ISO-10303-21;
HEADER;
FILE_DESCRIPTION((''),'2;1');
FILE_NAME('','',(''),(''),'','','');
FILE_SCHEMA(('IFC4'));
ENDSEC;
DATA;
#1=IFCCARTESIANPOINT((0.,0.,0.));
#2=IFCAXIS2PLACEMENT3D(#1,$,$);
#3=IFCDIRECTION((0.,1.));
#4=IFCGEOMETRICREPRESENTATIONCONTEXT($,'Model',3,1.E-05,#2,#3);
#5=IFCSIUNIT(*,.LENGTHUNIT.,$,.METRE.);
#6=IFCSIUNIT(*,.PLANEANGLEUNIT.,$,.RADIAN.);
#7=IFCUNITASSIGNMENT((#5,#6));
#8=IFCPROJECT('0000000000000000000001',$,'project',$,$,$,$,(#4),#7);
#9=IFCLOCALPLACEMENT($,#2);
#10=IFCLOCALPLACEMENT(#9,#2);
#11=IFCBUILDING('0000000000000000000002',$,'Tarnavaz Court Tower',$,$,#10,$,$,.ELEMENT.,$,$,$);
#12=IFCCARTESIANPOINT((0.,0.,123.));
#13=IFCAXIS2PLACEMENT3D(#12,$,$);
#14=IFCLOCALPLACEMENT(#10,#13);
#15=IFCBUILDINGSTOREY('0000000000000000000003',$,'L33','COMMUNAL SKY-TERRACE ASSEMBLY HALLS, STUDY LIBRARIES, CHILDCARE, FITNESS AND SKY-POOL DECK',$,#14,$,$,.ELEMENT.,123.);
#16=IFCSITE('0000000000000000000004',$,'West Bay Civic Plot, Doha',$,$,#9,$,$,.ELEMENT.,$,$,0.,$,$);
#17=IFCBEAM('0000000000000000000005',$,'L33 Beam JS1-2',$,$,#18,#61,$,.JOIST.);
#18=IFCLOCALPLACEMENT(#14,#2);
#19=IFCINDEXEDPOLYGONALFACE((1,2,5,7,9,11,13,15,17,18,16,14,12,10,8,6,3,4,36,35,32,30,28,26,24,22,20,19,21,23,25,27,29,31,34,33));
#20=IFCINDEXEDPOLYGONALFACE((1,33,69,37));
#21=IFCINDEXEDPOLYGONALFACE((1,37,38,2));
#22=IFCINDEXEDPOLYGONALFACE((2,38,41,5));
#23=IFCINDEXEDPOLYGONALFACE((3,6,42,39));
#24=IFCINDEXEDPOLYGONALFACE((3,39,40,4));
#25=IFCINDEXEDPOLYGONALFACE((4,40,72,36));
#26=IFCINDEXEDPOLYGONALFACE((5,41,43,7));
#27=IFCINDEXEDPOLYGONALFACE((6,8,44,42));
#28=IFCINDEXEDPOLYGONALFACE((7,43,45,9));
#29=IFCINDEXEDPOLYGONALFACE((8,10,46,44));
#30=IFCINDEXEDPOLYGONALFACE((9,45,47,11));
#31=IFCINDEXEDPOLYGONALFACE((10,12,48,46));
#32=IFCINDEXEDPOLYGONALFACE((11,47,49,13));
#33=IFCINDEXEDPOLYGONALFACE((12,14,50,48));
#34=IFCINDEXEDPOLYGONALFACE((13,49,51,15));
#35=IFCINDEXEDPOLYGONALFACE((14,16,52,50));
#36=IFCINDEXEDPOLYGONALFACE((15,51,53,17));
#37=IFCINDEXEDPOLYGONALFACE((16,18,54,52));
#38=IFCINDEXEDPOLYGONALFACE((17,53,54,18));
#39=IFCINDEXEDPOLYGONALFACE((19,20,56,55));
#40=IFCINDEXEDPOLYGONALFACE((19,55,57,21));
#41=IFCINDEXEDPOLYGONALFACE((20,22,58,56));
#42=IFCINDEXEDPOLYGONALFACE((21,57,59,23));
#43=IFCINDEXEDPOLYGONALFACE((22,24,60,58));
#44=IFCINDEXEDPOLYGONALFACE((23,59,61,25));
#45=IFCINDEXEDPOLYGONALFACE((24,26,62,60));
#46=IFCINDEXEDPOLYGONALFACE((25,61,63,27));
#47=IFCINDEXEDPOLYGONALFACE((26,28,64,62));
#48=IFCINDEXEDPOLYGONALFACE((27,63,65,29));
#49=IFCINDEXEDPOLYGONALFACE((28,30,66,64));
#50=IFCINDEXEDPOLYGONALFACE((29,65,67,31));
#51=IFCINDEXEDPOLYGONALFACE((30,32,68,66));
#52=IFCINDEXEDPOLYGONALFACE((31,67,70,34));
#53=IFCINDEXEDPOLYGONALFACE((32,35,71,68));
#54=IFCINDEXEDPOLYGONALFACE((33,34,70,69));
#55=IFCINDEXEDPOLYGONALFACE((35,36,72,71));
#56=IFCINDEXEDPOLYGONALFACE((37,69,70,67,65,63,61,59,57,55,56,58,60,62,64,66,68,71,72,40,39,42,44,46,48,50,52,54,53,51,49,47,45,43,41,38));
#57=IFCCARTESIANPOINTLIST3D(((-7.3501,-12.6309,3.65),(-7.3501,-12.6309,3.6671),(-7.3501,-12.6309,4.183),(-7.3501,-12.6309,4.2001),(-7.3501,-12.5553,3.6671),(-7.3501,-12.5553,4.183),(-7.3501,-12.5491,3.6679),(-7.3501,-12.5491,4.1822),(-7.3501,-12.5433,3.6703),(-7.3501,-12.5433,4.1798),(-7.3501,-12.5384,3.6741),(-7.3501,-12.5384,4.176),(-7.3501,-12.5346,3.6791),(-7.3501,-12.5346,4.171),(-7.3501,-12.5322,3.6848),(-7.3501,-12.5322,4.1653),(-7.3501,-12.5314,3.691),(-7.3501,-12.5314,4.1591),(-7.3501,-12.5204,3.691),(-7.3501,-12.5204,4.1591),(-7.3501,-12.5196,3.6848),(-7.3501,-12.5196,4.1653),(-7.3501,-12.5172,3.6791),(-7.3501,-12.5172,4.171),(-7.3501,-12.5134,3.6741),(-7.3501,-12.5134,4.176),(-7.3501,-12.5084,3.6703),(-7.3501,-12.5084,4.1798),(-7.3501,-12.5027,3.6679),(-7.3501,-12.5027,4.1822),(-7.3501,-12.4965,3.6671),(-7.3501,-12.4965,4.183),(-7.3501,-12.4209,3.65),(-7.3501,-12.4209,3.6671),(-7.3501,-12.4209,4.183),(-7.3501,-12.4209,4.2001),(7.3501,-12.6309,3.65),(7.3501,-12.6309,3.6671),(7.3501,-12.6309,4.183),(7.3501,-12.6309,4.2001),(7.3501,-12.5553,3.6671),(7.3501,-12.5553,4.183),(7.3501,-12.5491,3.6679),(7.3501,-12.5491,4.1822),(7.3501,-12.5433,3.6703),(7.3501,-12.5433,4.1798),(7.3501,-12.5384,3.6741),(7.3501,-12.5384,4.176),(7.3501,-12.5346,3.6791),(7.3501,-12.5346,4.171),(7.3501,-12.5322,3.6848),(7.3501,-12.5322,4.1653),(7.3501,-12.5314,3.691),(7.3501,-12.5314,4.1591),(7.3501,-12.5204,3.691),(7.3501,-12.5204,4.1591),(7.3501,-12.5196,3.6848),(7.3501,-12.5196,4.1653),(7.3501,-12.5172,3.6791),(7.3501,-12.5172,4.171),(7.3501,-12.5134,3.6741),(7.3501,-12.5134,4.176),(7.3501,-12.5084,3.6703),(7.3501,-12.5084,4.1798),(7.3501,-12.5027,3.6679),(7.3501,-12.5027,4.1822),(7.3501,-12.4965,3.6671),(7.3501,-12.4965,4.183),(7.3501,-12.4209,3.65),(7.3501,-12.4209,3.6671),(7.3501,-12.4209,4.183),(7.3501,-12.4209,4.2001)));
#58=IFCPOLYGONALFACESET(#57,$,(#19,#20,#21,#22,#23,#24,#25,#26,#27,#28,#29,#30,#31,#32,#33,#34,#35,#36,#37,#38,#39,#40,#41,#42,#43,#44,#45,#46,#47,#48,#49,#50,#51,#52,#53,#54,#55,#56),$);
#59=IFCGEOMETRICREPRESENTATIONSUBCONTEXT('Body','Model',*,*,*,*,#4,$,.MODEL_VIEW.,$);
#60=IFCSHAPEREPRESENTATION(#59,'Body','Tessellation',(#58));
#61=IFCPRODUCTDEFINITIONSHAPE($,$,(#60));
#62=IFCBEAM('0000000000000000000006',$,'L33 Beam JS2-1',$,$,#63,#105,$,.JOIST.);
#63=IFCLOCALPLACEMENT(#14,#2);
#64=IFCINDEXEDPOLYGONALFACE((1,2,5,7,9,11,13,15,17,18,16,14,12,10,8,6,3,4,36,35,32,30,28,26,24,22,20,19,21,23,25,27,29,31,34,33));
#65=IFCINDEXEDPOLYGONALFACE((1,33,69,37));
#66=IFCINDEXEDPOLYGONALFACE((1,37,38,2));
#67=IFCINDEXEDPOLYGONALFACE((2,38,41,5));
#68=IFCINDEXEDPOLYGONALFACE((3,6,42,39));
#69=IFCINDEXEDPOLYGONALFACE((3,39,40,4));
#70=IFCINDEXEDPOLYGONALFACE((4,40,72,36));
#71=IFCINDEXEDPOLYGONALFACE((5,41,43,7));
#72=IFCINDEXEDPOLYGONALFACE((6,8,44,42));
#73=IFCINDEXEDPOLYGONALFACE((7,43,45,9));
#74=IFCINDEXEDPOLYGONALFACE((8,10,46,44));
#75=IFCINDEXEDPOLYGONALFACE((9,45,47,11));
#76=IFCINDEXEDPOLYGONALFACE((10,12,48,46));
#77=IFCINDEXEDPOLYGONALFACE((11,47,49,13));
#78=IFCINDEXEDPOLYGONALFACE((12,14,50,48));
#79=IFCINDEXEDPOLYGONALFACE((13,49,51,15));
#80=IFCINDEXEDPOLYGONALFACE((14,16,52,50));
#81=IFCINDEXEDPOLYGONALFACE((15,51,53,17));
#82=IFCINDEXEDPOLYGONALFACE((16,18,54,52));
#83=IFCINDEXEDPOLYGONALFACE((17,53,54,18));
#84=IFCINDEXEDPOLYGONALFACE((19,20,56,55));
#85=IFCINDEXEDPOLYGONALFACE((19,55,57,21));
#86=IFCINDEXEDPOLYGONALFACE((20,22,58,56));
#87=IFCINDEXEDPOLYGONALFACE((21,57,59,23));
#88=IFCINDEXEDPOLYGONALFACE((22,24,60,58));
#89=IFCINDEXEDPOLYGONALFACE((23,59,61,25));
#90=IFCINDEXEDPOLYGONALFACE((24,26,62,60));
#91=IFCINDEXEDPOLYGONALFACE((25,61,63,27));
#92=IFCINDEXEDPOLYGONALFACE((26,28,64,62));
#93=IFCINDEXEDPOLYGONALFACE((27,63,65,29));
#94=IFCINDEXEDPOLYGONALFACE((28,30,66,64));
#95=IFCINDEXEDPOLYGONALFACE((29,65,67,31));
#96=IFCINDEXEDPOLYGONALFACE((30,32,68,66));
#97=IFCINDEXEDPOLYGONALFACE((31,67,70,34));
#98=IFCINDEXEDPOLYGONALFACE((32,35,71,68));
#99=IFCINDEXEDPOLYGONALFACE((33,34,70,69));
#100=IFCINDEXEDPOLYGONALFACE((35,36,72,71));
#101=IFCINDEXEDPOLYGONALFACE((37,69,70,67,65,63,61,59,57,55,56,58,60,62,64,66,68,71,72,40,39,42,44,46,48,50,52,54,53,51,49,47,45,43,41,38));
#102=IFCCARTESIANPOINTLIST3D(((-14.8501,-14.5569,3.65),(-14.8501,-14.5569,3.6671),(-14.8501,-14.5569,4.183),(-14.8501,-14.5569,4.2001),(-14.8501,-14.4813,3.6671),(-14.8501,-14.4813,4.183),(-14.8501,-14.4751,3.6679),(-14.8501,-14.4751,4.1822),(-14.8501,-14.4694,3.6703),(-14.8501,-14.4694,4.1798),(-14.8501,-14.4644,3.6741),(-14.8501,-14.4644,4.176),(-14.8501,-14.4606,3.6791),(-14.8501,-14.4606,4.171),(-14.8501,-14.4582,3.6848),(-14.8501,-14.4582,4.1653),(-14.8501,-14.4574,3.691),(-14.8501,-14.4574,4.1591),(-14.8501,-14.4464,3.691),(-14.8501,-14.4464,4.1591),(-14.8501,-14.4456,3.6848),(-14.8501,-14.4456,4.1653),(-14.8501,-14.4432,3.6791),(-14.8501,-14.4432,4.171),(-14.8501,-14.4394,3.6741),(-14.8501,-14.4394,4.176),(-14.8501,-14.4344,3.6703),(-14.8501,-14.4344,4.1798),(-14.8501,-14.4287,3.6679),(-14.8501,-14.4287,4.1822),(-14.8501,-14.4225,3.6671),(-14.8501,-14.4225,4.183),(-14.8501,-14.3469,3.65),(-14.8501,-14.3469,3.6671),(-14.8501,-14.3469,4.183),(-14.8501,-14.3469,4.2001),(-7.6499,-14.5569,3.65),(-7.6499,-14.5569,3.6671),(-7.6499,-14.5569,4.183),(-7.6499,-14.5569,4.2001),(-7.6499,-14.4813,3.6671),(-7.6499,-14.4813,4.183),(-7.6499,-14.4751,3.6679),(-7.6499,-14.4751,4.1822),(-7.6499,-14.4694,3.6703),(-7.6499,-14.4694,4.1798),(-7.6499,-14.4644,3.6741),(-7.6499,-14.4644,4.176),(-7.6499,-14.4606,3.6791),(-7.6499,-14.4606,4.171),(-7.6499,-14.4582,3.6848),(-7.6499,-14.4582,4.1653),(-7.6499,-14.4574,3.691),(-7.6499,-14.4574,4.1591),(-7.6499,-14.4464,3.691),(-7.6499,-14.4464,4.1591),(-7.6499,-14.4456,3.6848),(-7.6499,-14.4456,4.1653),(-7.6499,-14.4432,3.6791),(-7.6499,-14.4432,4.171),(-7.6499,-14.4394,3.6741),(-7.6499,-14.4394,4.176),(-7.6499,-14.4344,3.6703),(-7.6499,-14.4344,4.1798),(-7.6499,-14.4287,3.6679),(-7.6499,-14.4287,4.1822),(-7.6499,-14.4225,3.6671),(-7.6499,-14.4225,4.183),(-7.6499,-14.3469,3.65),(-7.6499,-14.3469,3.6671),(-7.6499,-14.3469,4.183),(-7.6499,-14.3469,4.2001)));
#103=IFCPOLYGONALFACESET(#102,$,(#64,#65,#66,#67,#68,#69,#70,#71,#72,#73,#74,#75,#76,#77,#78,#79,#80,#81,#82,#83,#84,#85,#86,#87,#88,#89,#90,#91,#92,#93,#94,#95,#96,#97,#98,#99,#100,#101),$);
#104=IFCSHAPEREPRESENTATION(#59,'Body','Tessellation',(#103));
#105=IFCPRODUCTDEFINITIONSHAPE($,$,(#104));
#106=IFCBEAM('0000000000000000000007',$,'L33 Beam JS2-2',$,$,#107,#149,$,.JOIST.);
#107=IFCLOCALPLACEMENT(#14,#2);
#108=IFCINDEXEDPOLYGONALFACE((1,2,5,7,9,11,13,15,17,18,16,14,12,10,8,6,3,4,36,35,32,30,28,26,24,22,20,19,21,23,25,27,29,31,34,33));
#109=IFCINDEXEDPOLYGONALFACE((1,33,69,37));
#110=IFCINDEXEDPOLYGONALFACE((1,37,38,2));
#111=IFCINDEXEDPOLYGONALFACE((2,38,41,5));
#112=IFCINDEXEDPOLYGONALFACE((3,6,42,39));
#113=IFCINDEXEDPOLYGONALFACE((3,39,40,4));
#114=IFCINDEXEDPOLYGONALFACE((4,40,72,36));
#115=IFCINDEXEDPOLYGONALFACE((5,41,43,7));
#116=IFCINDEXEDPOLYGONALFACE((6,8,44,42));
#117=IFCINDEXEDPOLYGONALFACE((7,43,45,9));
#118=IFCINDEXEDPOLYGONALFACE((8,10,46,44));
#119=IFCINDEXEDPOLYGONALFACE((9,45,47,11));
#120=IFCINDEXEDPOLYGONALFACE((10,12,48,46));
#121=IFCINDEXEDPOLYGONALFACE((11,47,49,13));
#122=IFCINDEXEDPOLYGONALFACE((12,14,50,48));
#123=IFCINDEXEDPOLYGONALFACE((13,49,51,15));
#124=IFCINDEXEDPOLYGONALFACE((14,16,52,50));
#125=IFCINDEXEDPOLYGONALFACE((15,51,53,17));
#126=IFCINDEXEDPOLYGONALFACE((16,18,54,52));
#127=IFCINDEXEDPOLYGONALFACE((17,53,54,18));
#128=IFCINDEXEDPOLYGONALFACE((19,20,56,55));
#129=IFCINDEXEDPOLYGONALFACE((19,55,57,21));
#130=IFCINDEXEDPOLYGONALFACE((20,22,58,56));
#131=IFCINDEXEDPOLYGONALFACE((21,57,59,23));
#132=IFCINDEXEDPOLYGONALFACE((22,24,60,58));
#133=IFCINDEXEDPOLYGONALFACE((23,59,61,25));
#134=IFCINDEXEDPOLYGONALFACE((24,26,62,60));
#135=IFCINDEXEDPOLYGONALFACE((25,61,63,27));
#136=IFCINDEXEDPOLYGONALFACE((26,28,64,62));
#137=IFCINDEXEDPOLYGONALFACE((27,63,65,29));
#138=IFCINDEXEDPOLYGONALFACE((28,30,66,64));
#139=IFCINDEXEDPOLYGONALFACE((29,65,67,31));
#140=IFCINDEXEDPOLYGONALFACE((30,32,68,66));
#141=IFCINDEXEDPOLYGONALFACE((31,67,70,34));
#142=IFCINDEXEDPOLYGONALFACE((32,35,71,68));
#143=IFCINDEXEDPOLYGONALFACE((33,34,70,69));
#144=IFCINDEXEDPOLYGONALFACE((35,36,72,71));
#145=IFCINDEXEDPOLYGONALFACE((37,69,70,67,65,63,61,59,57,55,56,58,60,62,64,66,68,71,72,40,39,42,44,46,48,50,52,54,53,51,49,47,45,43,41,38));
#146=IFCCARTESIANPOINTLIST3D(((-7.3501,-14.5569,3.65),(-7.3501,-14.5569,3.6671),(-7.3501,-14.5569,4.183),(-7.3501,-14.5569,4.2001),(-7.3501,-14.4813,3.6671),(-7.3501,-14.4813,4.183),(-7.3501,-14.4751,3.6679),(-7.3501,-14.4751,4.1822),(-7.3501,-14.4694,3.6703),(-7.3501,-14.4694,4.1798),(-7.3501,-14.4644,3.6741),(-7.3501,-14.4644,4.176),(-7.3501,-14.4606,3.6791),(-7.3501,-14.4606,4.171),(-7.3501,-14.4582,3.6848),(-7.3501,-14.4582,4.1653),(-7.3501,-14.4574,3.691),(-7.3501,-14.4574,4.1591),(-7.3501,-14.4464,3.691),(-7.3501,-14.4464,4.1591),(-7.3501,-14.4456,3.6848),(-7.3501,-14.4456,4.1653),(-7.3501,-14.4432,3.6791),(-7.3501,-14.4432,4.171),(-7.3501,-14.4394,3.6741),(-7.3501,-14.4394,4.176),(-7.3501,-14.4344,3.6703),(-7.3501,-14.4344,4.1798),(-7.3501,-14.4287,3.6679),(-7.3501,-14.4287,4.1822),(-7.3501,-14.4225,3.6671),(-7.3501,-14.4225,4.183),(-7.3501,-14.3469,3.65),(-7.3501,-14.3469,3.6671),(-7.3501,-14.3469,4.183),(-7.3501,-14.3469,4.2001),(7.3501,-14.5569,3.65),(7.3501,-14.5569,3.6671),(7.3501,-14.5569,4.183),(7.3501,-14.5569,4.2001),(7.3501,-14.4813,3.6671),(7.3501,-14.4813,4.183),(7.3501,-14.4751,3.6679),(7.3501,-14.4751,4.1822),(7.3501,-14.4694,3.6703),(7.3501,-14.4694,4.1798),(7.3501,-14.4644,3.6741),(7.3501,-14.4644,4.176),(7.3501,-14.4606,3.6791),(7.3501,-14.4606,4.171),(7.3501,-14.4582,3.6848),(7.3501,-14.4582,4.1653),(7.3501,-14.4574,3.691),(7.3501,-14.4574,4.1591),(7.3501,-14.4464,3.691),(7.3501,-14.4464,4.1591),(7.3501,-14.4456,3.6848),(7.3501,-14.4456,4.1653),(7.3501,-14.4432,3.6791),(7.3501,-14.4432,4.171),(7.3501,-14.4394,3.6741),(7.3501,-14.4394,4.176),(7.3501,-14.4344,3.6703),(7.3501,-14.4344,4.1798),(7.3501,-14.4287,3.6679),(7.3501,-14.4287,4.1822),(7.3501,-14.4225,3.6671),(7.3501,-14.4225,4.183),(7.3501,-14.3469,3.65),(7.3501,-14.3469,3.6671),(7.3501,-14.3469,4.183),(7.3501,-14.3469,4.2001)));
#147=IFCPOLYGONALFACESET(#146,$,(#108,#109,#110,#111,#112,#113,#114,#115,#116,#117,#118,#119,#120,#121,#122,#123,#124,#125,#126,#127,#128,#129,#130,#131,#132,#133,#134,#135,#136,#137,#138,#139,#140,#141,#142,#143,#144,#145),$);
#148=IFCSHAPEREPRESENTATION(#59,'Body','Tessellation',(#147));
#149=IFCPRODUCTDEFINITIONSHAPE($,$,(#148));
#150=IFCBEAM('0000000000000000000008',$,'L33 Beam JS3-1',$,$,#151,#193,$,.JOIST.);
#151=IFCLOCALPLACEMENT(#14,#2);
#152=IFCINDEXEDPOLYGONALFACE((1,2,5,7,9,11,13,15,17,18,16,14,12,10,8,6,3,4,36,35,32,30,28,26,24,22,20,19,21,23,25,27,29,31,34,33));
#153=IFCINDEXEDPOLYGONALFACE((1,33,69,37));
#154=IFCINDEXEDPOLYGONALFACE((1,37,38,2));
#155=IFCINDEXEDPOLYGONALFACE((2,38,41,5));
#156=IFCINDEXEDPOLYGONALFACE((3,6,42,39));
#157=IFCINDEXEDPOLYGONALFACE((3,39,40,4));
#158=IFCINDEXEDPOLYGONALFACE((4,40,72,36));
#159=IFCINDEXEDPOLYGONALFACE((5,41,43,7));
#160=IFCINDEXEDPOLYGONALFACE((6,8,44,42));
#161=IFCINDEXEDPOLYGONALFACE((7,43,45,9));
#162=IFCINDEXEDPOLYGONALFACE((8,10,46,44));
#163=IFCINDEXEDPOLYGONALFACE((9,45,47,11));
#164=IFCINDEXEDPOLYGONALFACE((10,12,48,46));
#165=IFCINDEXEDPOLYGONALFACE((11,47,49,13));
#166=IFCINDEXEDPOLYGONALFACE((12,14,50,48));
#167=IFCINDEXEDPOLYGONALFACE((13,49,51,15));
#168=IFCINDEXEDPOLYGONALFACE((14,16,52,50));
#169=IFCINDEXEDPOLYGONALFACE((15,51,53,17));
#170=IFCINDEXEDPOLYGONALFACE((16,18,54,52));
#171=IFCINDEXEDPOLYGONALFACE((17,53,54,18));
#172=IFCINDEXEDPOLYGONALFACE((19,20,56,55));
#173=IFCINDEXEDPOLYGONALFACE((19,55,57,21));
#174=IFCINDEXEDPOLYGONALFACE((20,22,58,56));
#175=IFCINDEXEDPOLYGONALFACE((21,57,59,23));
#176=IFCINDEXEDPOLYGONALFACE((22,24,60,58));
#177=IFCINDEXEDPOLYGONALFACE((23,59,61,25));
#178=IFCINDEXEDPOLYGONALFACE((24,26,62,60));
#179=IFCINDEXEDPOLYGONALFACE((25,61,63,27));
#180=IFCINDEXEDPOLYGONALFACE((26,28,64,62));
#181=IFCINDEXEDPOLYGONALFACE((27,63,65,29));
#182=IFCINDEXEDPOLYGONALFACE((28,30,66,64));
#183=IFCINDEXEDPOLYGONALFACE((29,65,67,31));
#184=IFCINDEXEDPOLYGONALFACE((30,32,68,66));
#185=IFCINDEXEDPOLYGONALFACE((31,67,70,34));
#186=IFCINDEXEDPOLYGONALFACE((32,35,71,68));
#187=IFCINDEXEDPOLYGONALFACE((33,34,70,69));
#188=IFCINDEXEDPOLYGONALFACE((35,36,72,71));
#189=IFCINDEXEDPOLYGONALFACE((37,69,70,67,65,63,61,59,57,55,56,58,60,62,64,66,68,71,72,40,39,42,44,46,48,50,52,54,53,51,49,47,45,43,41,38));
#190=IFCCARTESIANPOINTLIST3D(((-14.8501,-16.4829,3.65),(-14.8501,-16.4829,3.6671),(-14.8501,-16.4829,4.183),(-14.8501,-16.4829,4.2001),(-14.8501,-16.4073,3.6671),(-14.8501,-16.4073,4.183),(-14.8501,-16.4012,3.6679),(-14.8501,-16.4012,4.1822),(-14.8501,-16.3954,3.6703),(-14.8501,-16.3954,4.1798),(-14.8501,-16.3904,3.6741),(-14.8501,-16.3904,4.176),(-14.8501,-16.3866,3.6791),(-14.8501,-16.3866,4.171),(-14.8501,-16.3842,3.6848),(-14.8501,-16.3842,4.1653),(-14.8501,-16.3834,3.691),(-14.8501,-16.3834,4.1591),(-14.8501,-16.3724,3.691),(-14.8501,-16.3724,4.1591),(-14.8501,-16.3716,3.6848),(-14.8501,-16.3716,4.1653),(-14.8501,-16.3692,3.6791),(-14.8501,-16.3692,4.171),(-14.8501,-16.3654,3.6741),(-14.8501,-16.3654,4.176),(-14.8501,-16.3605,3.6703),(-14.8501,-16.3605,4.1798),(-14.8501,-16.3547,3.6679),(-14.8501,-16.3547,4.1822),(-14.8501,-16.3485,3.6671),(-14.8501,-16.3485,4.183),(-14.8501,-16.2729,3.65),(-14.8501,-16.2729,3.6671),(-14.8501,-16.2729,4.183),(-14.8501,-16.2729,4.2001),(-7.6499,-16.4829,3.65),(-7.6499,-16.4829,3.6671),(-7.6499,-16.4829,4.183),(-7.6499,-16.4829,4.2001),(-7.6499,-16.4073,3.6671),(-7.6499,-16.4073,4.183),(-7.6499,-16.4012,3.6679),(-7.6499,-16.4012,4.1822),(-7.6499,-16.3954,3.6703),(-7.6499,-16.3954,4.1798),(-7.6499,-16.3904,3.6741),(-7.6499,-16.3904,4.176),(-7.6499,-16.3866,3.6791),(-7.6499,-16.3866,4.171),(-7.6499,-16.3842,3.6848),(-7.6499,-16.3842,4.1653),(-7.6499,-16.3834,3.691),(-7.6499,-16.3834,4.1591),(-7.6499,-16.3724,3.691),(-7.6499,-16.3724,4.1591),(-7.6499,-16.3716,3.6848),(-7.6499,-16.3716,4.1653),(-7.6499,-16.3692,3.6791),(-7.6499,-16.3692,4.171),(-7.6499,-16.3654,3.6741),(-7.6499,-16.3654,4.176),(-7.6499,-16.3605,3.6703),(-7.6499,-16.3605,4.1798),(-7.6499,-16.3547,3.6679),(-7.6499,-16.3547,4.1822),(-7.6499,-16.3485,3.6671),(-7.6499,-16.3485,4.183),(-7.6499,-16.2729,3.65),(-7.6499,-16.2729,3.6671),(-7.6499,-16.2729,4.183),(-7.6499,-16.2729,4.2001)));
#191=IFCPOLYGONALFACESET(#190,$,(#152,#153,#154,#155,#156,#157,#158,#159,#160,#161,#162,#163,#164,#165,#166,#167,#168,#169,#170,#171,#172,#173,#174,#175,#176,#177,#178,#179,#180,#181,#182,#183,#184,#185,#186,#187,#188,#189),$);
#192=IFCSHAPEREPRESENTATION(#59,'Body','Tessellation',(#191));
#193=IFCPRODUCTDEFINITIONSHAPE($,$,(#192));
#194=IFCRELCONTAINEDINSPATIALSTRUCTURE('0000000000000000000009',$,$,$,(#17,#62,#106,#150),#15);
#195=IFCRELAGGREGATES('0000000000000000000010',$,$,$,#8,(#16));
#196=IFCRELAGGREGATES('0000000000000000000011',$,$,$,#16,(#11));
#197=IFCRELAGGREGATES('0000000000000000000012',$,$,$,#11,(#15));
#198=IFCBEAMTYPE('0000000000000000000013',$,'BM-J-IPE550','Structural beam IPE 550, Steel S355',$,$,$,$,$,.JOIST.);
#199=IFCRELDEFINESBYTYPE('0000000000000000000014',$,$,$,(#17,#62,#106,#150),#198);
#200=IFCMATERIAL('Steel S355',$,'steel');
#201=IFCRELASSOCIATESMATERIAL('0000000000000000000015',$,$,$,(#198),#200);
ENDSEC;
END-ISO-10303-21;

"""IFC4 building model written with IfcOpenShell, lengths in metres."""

from ifc_helpers import new_model, si_unit, direction, frame, origin, origin_2d, place, context, subcontext, project, spatial, i_section, extrude, material, material_profile, profile_set, type_object, element, save


model = new_model("IFC4")

# Units and contexts
model_context = context("Model", 3, precision=1e-05, world=origin(), true_north=direction((0.0, 1.0)))
body_context = subcontext(model_context, "Body", "Model", "MODEL_VIEW")
ifc_project = project(units=[si_unit("LENGTHUNIT", "METRE"), si_unit("PLANEANGLEUNIT", "RADIAN")], contexts=[model_context])

# Site, building, storey
site_placement = place(None, origin())
site = spatial("IfcSite", under=ifc_project, at=site_placement, Name="West Bay Civic Plot, Doha", CompositionType="ELEMENT", RefElevation=0.0)
building_placement = place(site_placement, origin())
building = spatial("IfcBuilding", under=site, at=building_placement, Name="Tarnavaz Court Tower", CompositionType="ELEMENT")
storey_placement = place(building_placement, frame((0.0, 0.0, 123.0)))
storey = spatial("IfcBuildingStorey", under=building, at=storey_placement, Name="L33", Description="COMMUNAL SKY-TERRACE ASSEMBLY HALLS, STUDY LIBRARIES, CHILDCARE, FITNESS AND SKY-POOL DECK", CompositionType="ELEMENT", Elevation=123.0)

# Beams
ifc_material_1 = material(Name="Steel S355", Category="steel")
ifc_material_profile_1 = material_profile(ifc_material_1, i_section(OverallWidth=0.21, OverallDepth=0.55, WebThickness=0.011, FlangeThickness=0.0171, FilletRadius=0.0239, at=origin_2d()), Name="IPE 550")
ifc_profile_set_1 = profile_set([ifc_material_profile_1], Name="Steel S355")
beam_type_1 = type_object("IfcBeamType", Name="BM-J-IPE550", Description="Structural beam IPE 550, Steel S355", PredefinedType="JOIST", material=ifc_profile_set_1)
beam_1_placement = place(storey_placement, frame((-7.3501, -12.5259, 3.925), z_axis=(1.0, 0.0, 0.0), x_axis=(0.0, 1.0, 0.0)))
element("IfcBeam", 1, at=beam_1_placement, inside=storey, type_object=beam_type_1, Name="L33 Beam JS1-2", PredefinedType="JOIST", context=body_context, shape_type="SweptSolid", body=[
    extrude(i_section(OverallWidth=0.21, OverallDepth=0.55, WebThickness=0.011, FlangeThickness=0.0171, FilletRadius=0.0239, at=origin_2d()), origin(), (0.0, 0.0, 1.0), 14.7002),
])
beam_2_placement = place(storey_placement, frame((-14.8501, -14.4519, 3.925), z_axis=(1.0, 0.0, 0.0), x_axis=(0.0, 1.0, 0.0)))
element("IfcBeam", 2, at=beam_2_placement, inside=storey, type_object=beam_type_1, Name="L33 Beam JS2-1", PredefinedType="JOIST", context=body_context, shape_type="SweptSolid", body=[
    extrude(i_section(OverallWidth=0.21, OverallDepth=0.55, WebThickness=0.011, FlangeThickness=0.0171, FilletRadius=0.0239, at=origin_2d()), origin(), (0.0, 0.0, 1.0), 7.2002),
])
beam_3_placement = place(storey_placement, frame((-7.3501, -14.4519, 3.925), z_axis=(1.0, 0.0, 0.0), x_axis=(0.0, 1.0, 0.0)))
element("IfcBeam", 3, at=beam_3_placement, inside=storey, type_object=beam_type_1, Name="L33 Beam JS2-2", PredefinedType="JOIST", context=body_context, shape_type="SweptSolid", body=[
    extrude(i_section(OverallWidth=0.21, OverallDepth=0.55, WebThickness=0.011, FlangeThickness=0.0171, FilletRadius=0.0239, at=origin_2d()), origin(), (0.0, 0.0, 1.0), 14.7002),
])
beam_4_placement = place(storey_placement, frame((-14.8501, -16.3779, 3.925), z_axis=(1.0, 0.0, 0.0), x_axis=(0.0, 1.0, 0.0)))
element("IfcBeam", 4, at=beam_4_placement, inside=storey, type_object=beam_type_1, Name="L33 Beam JS3-1", PredefinedType="JOIST", context=body_context, shape_type="SweptSolid", body=[
    extrude(i_section(OverallWidth=0.21, OverallDepth=0.55, WebThickness=0.011, FlangeThickness=0.0171, FilletRadius=0.0239, at=origin_2d()), origin(), (0.0, 0.0, 1.0), 7.2002),
])

save(model, "model.ifc")
